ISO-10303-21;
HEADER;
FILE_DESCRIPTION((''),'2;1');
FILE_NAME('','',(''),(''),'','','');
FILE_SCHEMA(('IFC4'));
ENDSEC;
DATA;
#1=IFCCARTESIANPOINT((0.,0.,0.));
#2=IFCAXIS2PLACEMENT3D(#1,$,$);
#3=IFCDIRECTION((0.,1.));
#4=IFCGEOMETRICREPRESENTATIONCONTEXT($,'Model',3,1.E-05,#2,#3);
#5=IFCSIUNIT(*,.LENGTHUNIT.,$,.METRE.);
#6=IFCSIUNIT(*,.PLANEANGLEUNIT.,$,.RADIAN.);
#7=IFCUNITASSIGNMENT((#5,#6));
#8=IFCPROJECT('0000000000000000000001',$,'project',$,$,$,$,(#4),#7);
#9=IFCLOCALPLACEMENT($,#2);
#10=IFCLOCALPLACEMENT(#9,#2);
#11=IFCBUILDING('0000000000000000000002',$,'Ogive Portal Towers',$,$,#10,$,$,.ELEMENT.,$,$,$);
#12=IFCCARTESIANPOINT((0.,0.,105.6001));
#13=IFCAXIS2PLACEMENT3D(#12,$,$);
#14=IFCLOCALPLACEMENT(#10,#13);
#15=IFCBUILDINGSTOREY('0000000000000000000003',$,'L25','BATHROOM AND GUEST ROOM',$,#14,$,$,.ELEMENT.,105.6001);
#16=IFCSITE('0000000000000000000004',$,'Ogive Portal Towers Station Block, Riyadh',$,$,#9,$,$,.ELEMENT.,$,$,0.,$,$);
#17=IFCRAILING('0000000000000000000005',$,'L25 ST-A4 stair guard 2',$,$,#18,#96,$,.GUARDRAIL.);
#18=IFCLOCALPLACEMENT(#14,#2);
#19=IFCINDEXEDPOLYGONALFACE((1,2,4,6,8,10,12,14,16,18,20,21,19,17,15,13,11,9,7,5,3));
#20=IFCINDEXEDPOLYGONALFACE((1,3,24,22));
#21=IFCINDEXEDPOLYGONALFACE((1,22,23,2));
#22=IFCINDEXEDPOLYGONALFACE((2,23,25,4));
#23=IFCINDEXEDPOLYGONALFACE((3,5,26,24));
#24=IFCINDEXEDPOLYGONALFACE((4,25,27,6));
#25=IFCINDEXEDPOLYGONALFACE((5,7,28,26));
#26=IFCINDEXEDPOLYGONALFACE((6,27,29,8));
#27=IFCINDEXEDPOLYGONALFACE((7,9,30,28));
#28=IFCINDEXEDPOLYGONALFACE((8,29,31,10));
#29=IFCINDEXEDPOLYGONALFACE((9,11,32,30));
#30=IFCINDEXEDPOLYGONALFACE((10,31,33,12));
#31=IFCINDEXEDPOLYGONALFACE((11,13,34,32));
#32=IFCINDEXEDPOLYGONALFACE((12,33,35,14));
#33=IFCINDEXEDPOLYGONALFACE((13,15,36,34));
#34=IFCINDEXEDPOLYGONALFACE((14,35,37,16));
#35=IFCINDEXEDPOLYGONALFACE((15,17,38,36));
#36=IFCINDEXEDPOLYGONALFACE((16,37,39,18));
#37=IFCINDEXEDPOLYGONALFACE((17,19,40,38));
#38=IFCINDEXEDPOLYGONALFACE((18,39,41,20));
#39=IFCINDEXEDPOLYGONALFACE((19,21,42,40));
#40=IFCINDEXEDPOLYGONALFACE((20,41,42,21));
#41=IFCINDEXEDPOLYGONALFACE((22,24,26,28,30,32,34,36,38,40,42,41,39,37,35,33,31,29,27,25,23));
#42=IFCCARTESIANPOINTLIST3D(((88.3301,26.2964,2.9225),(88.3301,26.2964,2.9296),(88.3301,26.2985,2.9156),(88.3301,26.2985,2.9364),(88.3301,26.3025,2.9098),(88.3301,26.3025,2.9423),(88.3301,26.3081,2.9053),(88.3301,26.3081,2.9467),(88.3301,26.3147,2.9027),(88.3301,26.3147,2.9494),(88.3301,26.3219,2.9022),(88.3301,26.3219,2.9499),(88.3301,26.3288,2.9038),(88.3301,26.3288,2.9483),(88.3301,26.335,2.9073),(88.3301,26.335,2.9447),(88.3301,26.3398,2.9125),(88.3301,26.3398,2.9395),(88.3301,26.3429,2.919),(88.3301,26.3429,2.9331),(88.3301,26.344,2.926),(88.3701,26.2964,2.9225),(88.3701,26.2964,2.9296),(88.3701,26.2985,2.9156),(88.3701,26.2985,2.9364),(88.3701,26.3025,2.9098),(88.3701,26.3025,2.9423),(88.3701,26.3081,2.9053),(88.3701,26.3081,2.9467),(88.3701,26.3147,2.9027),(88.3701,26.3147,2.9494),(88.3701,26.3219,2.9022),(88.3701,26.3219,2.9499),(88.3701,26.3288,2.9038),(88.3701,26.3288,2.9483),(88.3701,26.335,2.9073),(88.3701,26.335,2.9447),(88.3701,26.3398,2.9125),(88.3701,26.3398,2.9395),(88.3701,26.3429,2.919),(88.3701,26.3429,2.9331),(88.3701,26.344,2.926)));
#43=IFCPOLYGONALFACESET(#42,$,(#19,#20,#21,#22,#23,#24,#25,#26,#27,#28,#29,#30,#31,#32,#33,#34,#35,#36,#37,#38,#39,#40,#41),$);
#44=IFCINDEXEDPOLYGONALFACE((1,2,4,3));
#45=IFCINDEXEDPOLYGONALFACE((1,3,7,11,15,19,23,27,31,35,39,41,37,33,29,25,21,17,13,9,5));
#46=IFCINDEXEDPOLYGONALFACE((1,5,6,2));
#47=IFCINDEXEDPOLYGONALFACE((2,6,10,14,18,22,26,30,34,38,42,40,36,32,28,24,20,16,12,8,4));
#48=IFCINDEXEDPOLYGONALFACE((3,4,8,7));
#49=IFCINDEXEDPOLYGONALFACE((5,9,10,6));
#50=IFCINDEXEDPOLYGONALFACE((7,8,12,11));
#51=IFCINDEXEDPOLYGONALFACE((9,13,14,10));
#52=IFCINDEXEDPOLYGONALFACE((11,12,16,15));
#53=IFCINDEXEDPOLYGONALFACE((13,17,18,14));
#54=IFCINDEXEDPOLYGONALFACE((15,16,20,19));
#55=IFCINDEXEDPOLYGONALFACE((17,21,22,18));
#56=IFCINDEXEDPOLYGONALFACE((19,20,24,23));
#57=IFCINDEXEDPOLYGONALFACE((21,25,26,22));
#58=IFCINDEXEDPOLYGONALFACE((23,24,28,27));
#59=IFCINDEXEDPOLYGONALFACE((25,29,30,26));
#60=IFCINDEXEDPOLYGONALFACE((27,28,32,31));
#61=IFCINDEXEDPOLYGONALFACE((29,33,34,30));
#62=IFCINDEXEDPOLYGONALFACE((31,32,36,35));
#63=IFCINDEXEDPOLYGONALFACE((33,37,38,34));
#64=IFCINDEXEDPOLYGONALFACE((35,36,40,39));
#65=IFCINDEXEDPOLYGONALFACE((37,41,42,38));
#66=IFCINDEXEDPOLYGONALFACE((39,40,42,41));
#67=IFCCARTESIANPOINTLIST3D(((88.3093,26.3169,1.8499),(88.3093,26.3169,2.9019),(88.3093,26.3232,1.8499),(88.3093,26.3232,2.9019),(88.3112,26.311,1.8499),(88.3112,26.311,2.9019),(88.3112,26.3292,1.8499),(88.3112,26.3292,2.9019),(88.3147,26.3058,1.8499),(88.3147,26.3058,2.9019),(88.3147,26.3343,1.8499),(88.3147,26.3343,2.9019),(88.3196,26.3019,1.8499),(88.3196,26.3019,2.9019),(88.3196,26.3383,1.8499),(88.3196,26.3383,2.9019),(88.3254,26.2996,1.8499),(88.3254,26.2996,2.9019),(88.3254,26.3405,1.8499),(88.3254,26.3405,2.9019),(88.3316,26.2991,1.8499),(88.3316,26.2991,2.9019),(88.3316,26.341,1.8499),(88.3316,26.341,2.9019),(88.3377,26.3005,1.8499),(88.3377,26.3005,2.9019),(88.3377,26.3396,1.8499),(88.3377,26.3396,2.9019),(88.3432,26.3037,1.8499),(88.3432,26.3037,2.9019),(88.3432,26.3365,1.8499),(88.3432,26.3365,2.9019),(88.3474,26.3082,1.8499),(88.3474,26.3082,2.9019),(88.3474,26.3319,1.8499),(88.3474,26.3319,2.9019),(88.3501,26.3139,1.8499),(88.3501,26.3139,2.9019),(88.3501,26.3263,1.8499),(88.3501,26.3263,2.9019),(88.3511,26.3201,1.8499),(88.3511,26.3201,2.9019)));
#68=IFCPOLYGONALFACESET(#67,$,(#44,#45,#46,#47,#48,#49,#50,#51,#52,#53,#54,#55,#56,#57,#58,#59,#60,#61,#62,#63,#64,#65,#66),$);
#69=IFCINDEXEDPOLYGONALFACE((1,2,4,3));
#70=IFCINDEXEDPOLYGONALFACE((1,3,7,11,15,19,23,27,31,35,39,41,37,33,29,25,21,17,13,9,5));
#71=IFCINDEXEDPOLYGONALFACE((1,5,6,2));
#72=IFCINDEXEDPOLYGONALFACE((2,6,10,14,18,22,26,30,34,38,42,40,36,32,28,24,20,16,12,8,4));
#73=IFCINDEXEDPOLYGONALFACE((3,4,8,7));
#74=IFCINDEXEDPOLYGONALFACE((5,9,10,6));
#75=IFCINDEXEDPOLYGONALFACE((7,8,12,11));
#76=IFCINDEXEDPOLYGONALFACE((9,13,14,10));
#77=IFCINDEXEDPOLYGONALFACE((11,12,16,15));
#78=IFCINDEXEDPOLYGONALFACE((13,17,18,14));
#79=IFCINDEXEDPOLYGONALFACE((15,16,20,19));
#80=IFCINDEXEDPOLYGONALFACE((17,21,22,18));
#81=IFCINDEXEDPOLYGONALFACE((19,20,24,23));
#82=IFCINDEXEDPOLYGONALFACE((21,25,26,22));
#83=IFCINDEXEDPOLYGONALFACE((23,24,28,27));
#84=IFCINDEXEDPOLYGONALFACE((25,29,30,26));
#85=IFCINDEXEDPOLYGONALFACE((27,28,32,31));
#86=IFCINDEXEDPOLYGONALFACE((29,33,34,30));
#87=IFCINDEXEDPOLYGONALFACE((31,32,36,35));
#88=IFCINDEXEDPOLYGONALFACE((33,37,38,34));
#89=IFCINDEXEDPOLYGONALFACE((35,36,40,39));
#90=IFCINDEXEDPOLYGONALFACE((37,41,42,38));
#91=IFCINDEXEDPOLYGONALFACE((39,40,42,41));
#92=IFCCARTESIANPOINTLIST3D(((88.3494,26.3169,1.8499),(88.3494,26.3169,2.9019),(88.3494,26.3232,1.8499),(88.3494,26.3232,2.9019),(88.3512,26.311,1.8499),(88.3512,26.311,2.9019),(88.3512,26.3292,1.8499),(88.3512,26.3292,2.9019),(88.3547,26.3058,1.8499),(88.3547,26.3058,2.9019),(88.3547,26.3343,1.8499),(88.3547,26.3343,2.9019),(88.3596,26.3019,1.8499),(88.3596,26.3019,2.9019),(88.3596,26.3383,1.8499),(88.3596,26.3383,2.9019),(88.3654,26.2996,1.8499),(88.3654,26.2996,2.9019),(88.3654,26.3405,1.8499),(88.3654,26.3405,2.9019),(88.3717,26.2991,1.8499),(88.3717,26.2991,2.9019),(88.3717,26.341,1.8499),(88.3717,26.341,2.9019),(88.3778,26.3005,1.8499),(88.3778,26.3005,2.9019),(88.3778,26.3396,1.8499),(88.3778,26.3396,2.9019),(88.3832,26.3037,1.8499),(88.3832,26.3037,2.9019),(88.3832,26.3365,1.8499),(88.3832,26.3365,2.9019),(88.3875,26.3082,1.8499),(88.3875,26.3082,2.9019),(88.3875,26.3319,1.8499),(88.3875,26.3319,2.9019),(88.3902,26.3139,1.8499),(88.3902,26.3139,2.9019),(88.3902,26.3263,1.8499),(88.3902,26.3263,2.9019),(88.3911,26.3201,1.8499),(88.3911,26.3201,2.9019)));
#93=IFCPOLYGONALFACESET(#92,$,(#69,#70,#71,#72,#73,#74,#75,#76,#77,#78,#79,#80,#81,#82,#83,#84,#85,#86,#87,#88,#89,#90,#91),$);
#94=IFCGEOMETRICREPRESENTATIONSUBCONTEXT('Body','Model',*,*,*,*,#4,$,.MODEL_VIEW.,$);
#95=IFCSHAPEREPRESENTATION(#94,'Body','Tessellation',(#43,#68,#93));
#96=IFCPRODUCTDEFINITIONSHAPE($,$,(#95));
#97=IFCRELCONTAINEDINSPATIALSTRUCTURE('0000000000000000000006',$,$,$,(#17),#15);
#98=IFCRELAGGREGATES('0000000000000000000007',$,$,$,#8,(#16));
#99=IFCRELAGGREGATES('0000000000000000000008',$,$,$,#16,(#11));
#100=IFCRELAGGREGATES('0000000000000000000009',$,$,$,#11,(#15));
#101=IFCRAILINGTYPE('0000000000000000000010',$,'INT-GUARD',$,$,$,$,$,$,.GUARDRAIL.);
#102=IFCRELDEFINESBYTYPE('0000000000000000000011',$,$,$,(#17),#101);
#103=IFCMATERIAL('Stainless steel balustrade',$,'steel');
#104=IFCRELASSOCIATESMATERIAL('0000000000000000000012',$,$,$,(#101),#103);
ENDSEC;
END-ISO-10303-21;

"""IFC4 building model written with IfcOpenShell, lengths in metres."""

from ifc_helpers import new_model, si_unit, direction, frame, origin, origin_2d, place, context, subcontext, project, spatial, circle, extrude, material, type_object, element, save


model = new_model("IFC4")

# Units and contexts
model_context = context("Model", 3, precision=1e-05, world=origin(), true_north=direction((0.0, 1.0)))
body_context = subcontext(model_context, "Body", "Model", "MODEL_VIEW")
ifc_project = project(units=[si_unit("LENGTHUNIT", "METRE"), si_unit("PLANEANGLEUNIT", "RADIAN")], contexts=[model_context])

# Site, building, storey
site_placement = place(None, origin())
site = spatial("IfcSite", under=ifc_project, at=site_placement, Name="Ogive Portal Towers Station Block, Riyadh", CompositionType="ELEMENT", RefElevation=0.0)
building_placement = place(site_placement, origin())
building = spatial("IfcBuilding", under=site, at=building_placement, Name="Ogive Portal Towers", CompositionType="ELEMENT")
storey_placement = place(building_placement, frame((0.0, 0.0, 105.6001)))
storey = spatial("IfcBuildingStorey", under=building, at=storey_placement, Name="L25", Description="BATHROOM AND GUEST ROOM", CompositionType="ELEMENT", Elevation=105.6001)

# Railing
ifc_material_1 = material(Name="Stainless steel balustrade", Category="steel")
railing_type_1 = type_object("IfcRailingType", Name="INT-GUARD", PredefinedType="GUARDRAIL", material=ifc_material_1)
railing_1_placement = place(storey_placement, frame((88.3301, 26.3201, 1.8499)))
element("IfcRailing", 1, at=railing_1_placement, inside=storey, type_object=railing_type_1, Name="L25 ST-A4 stair guard 2", PredefinedType="GUARDRAIL", context=body_context, shape_type="SweptSolid", body=[
    extrude(circle(Radius=0.0239, at=origin_2d()), frame((0.0, 0.0, 1.0762), z_axis=(1.0, 0.0, 0.0), x_axis=(0.0, 1.0, 0.0)), (0.0, 0.0, 1.0), 0.04),
    extrude(circle(Radius=0.021, at=origin_2d()), origin(), (0.0, 0.0, 1.0), 1.052),
    extrude(circle(Radius=0.021, at=origin_2d()), frame((0.04, 0.0, 0.0)), (0.0, 0.0, 1.0), 1.052),
])

save(model, "model.ifc")
